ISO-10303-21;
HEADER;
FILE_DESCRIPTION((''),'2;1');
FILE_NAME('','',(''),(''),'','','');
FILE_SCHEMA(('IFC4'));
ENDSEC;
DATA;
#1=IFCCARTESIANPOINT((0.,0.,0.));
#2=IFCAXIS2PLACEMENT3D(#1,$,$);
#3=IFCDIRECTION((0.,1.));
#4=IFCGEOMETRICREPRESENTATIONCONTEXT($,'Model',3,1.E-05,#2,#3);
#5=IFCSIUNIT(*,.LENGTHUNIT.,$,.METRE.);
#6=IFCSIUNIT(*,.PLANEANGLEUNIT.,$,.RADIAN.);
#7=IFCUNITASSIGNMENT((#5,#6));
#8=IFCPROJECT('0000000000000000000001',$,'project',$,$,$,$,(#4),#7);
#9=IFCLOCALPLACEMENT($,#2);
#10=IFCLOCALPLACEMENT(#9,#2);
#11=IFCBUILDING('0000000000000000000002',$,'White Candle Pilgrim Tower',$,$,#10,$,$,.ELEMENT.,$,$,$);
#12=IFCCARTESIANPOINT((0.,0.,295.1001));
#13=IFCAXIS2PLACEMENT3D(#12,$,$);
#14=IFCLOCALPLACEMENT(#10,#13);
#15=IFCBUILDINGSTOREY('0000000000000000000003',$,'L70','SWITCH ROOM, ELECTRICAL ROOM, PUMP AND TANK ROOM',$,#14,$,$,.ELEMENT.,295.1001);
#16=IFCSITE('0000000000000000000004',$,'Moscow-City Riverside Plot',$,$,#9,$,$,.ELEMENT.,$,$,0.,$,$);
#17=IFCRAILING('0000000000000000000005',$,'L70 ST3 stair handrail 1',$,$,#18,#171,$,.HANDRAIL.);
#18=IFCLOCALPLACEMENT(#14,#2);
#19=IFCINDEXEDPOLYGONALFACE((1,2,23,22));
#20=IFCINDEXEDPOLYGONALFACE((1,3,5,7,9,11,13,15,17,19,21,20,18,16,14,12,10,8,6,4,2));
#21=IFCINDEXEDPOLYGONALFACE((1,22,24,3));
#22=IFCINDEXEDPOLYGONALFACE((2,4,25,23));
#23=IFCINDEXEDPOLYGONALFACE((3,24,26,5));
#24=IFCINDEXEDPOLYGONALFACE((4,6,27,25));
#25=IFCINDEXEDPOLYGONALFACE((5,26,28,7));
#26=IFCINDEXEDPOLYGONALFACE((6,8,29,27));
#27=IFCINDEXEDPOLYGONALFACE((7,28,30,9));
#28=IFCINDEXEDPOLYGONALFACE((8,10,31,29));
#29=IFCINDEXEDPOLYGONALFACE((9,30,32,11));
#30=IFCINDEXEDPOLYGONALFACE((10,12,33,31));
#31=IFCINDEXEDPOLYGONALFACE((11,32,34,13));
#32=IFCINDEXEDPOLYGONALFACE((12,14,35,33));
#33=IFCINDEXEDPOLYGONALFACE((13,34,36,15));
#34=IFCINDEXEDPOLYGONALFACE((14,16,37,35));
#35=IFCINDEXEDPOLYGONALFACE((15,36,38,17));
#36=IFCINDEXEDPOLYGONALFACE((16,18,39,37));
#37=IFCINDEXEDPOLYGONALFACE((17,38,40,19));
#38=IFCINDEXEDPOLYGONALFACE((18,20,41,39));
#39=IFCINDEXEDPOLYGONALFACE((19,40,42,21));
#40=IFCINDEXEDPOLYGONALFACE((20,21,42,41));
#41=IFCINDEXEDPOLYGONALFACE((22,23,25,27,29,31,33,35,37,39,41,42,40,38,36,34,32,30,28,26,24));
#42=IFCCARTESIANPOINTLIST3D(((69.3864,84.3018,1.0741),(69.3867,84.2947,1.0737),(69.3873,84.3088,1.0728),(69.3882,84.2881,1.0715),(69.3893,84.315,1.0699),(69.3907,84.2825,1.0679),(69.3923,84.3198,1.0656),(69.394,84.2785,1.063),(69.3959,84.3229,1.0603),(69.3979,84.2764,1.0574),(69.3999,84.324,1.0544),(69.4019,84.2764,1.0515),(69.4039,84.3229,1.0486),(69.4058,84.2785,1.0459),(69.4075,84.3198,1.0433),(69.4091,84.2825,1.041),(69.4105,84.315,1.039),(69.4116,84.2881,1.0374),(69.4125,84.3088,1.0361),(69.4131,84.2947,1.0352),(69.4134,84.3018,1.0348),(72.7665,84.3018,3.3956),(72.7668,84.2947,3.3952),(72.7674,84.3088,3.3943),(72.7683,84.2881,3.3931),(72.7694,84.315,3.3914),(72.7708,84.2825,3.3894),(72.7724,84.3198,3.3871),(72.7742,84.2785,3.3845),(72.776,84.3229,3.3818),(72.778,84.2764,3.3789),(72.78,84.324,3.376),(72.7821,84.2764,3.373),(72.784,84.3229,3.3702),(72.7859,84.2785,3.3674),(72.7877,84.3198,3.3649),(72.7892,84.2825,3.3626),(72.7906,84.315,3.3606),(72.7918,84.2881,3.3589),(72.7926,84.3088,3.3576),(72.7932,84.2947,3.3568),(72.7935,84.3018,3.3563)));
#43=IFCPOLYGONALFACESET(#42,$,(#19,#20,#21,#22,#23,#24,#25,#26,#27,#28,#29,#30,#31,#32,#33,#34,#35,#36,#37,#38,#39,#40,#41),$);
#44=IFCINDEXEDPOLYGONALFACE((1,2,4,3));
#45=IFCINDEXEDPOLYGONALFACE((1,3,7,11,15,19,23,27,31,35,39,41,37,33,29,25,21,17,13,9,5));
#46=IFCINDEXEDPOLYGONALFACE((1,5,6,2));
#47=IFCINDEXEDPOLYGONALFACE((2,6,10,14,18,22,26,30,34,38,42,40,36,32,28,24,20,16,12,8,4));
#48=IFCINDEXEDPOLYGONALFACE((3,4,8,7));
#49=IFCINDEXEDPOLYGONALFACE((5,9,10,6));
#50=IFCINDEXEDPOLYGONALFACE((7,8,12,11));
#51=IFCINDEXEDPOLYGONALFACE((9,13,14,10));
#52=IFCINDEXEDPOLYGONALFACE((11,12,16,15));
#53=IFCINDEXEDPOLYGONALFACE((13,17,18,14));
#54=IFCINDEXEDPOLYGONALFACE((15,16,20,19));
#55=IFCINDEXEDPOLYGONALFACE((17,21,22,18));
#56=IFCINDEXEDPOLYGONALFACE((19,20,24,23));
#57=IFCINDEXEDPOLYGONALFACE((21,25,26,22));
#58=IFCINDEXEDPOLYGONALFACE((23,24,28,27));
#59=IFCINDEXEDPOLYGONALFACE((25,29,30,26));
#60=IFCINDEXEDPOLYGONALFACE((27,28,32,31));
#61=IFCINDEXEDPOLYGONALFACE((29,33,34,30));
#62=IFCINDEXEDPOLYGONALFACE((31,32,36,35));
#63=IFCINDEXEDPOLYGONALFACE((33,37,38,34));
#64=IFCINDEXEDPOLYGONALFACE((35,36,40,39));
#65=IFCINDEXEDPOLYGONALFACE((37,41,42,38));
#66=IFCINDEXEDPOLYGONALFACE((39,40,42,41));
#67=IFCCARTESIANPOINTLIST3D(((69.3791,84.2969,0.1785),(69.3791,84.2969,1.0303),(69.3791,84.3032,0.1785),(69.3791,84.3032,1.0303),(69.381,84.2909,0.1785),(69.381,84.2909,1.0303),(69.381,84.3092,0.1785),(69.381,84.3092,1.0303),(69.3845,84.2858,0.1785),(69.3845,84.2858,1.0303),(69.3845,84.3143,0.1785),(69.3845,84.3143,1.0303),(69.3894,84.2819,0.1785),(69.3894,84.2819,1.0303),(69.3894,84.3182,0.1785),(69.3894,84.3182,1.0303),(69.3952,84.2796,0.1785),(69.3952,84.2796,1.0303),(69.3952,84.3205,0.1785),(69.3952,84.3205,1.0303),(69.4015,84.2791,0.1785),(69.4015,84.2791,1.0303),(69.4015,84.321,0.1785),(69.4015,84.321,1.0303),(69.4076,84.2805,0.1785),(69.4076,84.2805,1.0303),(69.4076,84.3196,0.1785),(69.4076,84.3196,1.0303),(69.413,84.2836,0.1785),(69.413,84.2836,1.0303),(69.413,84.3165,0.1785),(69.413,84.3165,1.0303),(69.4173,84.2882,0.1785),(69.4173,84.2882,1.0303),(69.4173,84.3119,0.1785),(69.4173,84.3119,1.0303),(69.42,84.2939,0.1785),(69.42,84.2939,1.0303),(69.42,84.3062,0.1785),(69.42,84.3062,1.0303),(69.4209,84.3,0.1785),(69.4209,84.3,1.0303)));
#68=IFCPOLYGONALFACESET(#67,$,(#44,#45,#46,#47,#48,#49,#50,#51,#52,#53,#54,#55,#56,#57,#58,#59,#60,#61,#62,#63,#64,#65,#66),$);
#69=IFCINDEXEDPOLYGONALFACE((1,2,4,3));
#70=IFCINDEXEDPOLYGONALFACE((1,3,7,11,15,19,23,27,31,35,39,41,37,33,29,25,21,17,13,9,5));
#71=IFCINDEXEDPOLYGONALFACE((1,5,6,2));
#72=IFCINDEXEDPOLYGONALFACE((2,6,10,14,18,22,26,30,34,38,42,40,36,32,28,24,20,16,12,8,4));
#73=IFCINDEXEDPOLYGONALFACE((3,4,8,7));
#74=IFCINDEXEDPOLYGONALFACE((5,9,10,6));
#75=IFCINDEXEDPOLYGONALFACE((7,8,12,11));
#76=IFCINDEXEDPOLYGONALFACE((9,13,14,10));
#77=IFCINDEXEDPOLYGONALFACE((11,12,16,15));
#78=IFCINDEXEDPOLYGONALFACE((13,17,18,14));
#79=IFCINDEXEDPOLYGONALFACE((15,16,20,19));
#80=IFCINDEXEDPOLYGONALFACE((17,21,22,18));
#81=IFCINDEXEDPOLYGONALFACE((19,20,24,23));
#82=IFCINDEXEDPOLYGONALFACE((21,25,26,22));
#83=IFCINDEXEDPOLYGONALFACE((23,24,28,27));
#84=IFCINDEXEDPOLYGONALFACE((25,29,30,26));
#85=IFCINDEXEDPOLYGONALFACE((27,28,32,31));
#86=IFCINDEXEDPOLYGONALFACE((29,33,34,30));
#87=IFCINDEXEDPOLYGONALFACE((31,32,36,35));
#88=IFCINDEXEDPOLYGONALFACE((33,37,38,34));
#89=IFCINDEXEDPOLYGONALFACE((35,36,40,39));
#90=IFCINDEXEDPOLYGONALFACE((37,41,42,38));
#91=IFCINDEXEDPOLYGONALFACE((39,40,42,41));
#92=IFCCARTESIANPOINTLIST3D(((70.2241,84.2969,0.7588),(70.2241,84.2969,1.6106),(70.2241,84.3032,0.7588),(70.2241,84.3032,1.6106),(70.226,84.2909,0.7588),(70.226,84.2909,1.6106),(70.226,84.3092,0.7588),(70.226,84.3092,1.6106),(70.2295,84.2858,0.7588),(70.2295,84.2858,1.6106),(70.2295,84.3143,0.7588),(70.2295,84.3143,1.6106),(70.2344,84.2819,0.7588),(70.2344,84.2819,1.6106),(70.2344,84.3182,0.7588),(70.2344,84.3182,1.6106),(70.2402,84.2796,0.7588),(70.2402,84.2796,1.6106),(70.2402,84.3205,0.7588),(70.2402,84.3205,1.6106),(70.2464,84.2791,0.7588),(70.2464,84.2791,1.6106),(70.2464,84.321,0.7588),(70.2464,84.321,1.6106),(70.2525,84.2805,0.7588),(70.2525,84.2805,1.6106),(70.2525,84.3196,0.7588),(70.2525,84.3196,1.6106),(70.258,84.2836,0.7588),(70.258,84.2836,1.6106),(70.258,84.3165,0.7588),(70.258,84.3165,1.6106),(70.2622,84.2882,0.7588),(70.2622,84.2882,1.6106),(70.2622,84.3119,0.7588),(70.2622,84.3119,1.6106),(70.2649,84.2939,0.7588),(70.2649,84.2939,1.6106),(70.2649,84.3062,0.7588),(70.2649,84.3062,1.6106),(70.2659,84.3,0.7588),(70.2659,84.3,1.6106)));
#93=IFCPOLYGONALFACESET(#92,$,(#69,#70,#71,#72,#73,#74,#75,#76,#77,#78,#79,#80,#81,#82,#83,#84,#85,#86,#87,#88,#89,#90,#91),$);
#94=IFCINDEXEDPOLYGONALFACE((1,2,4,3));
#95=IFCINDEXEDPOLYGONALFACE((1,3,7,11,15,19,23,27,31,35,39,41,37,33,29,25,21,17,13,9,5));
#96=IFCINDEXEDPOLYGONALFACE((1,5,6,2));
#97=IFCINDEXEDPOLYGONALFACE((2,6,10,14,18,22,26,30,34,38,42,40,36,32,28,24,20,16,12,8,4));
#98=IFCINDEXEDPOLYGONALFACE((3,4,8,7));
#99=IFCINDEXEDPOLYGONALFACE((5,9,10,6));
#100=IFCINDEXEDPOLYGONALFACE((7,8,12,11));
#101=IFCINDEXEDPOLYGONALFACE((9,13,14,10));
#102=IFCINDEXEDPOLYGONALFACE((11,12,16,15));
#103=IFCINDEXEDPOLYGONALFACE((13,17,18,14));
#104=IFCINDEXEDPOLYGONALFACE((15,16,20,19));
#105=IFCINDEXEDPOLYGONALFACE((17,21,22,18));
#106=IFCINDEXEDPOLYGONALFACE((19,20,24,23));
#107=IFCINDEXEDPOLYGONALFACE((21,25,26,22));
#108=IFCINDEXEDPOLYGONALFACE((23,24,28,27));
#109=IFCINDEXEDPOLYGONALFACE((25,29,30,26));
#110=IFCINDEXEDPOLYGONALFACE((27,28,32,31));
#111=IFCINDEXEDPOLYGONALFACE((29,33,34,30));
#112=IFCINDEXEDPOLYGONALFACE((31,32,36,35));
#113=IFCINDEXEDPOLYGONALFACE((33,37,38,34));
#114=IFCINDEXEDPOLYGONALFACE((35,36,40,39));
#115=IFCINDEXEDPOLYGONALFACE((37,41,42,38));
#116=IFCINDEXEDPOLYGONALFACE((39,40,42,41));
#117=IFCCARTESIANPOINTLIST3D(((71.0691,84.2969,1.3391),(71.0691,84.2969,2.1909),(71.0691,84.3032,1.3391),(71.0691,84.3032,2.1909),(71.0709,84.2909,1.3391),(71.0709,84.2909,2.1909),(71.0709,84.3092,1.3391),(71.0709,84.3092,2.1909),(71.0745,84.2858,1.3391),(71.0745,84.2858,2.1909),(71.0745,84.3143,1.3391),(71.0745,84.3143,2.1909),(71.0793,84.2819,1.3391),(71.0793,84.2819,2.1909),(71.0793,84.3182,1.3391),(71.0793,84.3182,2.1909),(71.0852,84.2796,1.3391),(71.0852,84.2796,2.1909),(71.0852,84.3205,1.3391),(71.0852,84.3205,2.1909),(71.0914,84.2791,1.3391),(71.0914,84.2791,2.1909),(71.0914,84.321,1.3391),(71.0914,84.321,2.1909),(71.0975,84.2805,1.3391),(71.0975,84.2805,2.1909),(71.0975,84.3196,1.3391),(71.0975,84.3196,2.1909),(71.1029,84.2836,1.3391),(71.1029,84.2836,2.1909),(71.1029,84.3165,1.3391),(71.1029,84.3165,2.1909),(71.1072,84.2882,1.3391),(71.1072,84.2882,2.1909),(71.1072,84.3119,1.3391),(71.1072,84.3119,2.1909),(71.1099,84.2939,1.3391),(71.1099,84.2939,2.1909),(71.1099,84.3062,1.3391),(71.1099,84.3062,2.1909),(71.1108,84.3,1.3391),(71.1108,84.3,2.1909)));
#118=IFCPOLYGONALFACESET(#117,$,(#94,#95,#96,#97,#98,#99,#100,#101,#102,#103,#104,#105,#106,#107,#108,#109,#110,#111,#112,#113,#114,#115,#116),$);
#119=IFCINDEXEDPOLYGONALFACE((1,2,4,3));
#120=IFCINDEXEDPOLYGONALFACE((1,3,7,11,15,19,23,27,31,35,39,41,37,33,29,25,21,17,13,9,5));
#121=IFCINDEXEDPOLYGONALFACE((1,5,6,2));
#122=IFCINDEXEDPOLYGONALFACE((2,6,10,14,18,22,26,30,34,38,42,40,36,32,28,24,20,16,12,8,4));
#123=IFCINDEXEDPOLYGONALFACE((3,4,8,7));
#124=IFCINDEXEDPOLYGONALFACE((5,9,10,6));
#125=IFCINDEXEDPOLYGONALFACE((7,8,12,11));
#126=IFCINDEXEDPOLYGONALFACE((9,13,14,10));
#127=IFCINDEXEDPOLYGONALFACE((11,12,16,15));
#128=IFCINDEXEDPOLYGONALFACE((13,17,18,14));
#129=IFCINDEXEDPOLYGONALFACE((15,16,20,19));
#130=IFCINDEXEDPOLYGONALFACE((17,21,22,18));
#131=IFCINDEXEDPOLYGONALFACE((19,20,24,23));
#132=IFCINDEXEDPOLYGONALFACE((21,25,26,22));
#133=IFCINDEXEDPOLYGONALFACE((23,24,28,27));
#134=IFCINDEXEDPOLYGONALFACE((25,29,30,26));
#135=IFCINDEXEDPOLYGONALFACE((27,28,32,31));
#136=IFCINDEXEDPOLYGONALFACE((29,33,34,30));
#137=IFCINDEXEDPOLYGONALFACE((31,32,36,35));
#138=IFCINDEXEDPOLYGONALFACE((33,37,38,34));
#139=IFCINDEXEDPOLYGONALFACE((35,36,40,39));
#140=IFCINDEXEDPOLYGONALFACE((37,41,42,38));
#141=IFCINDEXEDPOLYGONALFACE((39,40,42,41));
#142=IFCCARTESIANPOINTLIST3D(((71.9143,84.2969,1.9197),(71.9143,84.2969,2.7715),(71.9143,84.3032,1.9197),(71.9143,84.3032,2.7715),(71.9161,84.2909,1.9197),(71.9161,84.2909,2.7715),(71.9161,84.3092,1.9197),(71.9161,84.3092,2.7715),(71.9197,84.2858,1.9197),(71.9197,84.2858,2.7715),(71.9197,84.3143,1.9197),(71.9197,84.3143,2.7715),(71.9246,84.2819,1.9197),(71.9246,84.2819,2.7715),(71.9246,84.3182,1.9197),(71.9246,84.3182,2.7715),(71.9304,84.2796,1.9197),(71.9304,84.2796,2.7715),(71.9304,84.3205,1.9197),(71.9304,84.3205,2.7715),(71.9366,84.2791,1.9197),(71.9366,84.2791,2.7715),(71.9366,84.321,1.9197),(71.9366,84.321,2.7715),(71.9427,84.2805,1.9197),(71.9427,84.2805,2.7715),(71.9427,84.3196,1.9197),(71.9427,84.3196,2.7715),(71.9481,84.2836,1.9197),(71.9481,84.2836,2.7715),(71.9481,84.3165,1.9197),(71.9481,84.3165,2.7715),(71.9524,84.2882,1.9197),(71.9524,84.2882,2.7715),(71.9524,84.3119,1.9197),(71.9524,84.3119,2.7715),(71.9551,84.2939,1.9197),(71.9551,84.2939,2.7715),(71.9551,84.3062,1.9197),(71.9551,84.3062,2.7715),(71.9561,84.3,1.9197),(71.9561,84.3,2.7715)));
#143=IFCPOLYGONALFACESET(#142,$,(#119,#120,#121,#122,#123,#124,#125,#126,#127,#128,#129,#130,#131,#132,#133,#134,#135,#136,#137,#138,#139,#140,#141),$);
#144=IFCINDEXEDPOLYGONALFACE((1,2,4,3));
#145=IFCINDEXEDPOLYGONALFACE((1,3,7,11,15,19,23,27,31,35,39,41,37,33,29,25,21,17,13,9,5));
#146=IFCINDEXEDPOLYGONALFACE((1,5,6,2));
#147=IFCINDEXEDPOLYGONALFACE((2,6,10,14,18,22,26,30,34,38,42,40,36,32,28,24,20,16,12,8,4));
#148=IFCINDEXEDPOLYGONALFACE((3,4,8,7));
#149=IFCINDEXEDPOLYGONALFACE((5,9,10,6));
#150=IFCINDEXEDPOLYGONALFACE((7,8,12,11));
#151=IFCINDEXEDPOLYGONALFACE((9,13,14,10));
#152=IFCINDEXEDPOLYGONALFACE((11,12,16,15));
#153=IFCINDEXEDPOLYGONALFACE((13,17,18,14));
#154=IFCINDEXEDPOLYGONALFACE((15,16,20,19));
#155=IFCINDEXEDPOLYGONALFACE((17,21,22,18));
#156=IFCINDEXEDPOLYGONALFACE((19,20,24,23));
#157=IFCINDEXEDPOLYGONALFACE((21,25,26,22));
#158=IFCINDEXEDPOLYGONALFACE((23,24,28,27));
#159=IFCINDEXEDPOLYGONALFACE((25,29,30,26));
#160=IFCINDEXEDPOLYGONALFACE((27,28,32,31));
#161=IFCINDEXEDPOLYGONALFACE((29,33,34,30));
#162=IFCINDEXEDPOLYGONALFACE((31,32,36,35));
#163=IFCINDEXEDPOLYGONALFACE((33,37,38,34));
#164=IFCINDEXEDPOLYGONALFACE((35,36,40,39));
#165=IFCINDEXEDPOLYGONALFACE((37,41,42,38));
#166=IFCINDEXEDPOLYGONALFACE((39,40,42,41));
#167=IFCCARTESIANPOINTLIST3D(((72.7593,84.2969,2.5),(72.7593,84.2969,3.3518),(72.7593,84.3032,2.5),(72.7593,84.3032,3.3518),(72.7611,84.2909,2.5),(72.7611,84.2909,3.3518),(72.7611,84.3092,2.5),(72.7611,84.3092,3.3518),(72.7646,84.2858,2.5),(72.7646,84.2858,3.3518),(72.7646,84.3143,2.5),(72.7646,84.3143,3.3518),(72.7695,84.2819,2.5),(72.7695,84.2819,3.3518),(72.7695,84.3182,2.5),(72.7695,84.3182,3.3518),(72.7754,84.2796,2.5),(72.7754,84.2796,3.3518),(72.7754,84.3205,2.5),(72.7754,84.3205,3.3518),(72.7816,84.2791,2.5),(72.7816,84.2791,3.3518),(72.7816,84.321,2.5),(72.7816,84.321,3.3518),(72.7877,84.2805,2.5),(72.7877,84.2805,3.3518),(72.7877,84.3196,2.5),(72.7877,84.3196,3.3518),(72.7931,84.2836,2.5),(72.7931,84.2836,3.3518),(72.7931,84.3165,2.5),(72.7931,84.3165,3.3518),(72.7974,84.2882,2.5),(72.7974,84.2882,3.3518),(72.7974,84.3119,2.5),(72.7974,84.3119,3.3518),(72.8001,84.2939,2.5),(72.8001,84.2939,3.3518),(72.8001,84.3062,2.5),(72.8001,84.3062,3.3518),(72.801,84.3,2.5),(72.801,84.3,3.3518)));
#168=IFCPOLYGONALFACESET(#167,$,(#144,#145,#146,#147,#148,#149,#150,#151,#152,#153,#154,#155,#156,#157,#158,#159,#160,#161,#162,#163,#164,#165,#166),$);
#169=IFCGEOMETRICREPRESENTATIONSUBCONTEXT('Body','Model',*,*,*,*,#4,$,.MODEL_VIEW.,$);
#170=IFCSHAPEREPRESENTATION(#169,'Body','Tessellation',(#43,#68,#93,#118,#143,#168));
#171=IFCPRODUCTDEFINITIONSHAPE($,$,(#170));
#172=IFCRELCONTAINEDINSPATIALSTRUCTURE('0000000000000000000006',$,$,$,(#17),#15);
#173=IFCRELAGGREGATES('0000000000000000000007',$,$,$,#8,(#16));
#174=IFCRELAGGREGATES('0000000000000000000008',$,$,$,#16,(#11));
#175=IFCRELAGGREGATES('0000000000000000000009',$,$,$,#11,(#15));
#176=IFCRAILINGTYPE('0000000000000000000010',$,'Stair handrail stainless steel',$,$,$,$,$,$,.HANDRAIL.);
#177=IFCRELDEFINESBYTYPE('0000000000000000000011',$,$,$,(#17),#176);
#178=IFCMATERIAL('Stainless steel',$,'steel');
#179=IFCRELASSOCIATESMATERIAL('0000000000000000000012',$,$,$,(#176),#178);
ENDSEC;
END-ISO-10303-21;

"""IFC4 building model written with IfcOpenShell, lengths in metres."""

from ifc_helpers import new_model, si_unit, direction, frame, origin, origin_2d, place, context, subcontext, project, spatial, circle, extrude, material, type_object, element, save


model = new_model("IFC4")

# Units and contexts
model_context = context("Model", 3, precision=1e-05, world=origin(), true_north=direction((0.0, 1.0)))
body_context = subcontext(model_context, "Body", "Model", "MODEL_VIEW")
ifc_project = project(units=[si_unit("LENGTHUNIT", "METRE"), si_unit("PLANEANGLEUNIT", "RADIAN")], contexts=[model_context])

# Site, building, storey
site_placement = place(None, origin())
site = spatial("IfcSite", under=ifc_project, at=site_placement, Name="Moscow-City Riverside Plot", CompositionType="ELEMENT", RefElevation=0.0)
building_placement = place(site_placement, origin())
building = spatial("IfcBuilding", under=site, at=building_placement, Name="White Candle Pilgrim Tower", CompositionType="ELEMENT")
storey_placement = place(building_placement, frame((0.0, 0.0, 295.1001)))
storey = spatial("IfcBuildingStorey", under=building, at=storey_placement, Name="L70", Description="SWITCH ROOM, ELECTRICAL ROOM, PUMP AND TANK ROOM", CompositionType="ELEMENT", Elevation=295.1001)

# Railing
ifc_material_1 = material(Name="Stainless steel", Category="steel")
railing_type_1 = type_object("IfcRailingType", Name="Stair handrail stainless steel", PredefinedType="HANDRAIL", material=ifc_material_1)
railing_1_placement = place(storey_placement, frame((69.3999, 84.3, 0.1785)))
element("IfcRailing", 1, at=railing_1_placement, inside=storey, type_object=railing_type_1, Name="L70 ST3 stair handrail 1", PredefinedType="HANDRAIL", context=body_context, shape_type="SweptSolid", body=[
    extrude(circle(Radius=0.0239, at=origin_2d()), frame((0.0, 0.0, 0.876), z_axis=(0.824304, 0.0, 0.566147), x_axis=(0.0, 1.0, 0.0)), (0.0, 0.0, 1.0), 4.1006),
    extrude(circle(Radius=0.021, at=origin_2d()), origin(), (0.0, 0.0, 1.0), 0.8518),
    extrude(circle(Radius=0.021, at=origin_2d()), frame((0.845, 0.0, 0.5803)), (0.0, 0.0, 1.0), 0.8518),
    extrude(circle(Radius=0.021, at=origin_2d()), frame((1.6899, 0.0, 1.1606)), (0.0, 0.0, 1.0), 0.8518),
    extrude(circle(Radius=0.021, at=origin_2d()), frame((2.5352, 0.0, 1.7412)), (0.0, 0.0, 1.0), 0.8518),
    extrude(circle(Radius=0.021, at=origin_2d()), frame((3.3801, 0.0, 2.3215)), (0.0, 0.0, 1.0), 0.8518),
])

save(model, "model.ifc")
